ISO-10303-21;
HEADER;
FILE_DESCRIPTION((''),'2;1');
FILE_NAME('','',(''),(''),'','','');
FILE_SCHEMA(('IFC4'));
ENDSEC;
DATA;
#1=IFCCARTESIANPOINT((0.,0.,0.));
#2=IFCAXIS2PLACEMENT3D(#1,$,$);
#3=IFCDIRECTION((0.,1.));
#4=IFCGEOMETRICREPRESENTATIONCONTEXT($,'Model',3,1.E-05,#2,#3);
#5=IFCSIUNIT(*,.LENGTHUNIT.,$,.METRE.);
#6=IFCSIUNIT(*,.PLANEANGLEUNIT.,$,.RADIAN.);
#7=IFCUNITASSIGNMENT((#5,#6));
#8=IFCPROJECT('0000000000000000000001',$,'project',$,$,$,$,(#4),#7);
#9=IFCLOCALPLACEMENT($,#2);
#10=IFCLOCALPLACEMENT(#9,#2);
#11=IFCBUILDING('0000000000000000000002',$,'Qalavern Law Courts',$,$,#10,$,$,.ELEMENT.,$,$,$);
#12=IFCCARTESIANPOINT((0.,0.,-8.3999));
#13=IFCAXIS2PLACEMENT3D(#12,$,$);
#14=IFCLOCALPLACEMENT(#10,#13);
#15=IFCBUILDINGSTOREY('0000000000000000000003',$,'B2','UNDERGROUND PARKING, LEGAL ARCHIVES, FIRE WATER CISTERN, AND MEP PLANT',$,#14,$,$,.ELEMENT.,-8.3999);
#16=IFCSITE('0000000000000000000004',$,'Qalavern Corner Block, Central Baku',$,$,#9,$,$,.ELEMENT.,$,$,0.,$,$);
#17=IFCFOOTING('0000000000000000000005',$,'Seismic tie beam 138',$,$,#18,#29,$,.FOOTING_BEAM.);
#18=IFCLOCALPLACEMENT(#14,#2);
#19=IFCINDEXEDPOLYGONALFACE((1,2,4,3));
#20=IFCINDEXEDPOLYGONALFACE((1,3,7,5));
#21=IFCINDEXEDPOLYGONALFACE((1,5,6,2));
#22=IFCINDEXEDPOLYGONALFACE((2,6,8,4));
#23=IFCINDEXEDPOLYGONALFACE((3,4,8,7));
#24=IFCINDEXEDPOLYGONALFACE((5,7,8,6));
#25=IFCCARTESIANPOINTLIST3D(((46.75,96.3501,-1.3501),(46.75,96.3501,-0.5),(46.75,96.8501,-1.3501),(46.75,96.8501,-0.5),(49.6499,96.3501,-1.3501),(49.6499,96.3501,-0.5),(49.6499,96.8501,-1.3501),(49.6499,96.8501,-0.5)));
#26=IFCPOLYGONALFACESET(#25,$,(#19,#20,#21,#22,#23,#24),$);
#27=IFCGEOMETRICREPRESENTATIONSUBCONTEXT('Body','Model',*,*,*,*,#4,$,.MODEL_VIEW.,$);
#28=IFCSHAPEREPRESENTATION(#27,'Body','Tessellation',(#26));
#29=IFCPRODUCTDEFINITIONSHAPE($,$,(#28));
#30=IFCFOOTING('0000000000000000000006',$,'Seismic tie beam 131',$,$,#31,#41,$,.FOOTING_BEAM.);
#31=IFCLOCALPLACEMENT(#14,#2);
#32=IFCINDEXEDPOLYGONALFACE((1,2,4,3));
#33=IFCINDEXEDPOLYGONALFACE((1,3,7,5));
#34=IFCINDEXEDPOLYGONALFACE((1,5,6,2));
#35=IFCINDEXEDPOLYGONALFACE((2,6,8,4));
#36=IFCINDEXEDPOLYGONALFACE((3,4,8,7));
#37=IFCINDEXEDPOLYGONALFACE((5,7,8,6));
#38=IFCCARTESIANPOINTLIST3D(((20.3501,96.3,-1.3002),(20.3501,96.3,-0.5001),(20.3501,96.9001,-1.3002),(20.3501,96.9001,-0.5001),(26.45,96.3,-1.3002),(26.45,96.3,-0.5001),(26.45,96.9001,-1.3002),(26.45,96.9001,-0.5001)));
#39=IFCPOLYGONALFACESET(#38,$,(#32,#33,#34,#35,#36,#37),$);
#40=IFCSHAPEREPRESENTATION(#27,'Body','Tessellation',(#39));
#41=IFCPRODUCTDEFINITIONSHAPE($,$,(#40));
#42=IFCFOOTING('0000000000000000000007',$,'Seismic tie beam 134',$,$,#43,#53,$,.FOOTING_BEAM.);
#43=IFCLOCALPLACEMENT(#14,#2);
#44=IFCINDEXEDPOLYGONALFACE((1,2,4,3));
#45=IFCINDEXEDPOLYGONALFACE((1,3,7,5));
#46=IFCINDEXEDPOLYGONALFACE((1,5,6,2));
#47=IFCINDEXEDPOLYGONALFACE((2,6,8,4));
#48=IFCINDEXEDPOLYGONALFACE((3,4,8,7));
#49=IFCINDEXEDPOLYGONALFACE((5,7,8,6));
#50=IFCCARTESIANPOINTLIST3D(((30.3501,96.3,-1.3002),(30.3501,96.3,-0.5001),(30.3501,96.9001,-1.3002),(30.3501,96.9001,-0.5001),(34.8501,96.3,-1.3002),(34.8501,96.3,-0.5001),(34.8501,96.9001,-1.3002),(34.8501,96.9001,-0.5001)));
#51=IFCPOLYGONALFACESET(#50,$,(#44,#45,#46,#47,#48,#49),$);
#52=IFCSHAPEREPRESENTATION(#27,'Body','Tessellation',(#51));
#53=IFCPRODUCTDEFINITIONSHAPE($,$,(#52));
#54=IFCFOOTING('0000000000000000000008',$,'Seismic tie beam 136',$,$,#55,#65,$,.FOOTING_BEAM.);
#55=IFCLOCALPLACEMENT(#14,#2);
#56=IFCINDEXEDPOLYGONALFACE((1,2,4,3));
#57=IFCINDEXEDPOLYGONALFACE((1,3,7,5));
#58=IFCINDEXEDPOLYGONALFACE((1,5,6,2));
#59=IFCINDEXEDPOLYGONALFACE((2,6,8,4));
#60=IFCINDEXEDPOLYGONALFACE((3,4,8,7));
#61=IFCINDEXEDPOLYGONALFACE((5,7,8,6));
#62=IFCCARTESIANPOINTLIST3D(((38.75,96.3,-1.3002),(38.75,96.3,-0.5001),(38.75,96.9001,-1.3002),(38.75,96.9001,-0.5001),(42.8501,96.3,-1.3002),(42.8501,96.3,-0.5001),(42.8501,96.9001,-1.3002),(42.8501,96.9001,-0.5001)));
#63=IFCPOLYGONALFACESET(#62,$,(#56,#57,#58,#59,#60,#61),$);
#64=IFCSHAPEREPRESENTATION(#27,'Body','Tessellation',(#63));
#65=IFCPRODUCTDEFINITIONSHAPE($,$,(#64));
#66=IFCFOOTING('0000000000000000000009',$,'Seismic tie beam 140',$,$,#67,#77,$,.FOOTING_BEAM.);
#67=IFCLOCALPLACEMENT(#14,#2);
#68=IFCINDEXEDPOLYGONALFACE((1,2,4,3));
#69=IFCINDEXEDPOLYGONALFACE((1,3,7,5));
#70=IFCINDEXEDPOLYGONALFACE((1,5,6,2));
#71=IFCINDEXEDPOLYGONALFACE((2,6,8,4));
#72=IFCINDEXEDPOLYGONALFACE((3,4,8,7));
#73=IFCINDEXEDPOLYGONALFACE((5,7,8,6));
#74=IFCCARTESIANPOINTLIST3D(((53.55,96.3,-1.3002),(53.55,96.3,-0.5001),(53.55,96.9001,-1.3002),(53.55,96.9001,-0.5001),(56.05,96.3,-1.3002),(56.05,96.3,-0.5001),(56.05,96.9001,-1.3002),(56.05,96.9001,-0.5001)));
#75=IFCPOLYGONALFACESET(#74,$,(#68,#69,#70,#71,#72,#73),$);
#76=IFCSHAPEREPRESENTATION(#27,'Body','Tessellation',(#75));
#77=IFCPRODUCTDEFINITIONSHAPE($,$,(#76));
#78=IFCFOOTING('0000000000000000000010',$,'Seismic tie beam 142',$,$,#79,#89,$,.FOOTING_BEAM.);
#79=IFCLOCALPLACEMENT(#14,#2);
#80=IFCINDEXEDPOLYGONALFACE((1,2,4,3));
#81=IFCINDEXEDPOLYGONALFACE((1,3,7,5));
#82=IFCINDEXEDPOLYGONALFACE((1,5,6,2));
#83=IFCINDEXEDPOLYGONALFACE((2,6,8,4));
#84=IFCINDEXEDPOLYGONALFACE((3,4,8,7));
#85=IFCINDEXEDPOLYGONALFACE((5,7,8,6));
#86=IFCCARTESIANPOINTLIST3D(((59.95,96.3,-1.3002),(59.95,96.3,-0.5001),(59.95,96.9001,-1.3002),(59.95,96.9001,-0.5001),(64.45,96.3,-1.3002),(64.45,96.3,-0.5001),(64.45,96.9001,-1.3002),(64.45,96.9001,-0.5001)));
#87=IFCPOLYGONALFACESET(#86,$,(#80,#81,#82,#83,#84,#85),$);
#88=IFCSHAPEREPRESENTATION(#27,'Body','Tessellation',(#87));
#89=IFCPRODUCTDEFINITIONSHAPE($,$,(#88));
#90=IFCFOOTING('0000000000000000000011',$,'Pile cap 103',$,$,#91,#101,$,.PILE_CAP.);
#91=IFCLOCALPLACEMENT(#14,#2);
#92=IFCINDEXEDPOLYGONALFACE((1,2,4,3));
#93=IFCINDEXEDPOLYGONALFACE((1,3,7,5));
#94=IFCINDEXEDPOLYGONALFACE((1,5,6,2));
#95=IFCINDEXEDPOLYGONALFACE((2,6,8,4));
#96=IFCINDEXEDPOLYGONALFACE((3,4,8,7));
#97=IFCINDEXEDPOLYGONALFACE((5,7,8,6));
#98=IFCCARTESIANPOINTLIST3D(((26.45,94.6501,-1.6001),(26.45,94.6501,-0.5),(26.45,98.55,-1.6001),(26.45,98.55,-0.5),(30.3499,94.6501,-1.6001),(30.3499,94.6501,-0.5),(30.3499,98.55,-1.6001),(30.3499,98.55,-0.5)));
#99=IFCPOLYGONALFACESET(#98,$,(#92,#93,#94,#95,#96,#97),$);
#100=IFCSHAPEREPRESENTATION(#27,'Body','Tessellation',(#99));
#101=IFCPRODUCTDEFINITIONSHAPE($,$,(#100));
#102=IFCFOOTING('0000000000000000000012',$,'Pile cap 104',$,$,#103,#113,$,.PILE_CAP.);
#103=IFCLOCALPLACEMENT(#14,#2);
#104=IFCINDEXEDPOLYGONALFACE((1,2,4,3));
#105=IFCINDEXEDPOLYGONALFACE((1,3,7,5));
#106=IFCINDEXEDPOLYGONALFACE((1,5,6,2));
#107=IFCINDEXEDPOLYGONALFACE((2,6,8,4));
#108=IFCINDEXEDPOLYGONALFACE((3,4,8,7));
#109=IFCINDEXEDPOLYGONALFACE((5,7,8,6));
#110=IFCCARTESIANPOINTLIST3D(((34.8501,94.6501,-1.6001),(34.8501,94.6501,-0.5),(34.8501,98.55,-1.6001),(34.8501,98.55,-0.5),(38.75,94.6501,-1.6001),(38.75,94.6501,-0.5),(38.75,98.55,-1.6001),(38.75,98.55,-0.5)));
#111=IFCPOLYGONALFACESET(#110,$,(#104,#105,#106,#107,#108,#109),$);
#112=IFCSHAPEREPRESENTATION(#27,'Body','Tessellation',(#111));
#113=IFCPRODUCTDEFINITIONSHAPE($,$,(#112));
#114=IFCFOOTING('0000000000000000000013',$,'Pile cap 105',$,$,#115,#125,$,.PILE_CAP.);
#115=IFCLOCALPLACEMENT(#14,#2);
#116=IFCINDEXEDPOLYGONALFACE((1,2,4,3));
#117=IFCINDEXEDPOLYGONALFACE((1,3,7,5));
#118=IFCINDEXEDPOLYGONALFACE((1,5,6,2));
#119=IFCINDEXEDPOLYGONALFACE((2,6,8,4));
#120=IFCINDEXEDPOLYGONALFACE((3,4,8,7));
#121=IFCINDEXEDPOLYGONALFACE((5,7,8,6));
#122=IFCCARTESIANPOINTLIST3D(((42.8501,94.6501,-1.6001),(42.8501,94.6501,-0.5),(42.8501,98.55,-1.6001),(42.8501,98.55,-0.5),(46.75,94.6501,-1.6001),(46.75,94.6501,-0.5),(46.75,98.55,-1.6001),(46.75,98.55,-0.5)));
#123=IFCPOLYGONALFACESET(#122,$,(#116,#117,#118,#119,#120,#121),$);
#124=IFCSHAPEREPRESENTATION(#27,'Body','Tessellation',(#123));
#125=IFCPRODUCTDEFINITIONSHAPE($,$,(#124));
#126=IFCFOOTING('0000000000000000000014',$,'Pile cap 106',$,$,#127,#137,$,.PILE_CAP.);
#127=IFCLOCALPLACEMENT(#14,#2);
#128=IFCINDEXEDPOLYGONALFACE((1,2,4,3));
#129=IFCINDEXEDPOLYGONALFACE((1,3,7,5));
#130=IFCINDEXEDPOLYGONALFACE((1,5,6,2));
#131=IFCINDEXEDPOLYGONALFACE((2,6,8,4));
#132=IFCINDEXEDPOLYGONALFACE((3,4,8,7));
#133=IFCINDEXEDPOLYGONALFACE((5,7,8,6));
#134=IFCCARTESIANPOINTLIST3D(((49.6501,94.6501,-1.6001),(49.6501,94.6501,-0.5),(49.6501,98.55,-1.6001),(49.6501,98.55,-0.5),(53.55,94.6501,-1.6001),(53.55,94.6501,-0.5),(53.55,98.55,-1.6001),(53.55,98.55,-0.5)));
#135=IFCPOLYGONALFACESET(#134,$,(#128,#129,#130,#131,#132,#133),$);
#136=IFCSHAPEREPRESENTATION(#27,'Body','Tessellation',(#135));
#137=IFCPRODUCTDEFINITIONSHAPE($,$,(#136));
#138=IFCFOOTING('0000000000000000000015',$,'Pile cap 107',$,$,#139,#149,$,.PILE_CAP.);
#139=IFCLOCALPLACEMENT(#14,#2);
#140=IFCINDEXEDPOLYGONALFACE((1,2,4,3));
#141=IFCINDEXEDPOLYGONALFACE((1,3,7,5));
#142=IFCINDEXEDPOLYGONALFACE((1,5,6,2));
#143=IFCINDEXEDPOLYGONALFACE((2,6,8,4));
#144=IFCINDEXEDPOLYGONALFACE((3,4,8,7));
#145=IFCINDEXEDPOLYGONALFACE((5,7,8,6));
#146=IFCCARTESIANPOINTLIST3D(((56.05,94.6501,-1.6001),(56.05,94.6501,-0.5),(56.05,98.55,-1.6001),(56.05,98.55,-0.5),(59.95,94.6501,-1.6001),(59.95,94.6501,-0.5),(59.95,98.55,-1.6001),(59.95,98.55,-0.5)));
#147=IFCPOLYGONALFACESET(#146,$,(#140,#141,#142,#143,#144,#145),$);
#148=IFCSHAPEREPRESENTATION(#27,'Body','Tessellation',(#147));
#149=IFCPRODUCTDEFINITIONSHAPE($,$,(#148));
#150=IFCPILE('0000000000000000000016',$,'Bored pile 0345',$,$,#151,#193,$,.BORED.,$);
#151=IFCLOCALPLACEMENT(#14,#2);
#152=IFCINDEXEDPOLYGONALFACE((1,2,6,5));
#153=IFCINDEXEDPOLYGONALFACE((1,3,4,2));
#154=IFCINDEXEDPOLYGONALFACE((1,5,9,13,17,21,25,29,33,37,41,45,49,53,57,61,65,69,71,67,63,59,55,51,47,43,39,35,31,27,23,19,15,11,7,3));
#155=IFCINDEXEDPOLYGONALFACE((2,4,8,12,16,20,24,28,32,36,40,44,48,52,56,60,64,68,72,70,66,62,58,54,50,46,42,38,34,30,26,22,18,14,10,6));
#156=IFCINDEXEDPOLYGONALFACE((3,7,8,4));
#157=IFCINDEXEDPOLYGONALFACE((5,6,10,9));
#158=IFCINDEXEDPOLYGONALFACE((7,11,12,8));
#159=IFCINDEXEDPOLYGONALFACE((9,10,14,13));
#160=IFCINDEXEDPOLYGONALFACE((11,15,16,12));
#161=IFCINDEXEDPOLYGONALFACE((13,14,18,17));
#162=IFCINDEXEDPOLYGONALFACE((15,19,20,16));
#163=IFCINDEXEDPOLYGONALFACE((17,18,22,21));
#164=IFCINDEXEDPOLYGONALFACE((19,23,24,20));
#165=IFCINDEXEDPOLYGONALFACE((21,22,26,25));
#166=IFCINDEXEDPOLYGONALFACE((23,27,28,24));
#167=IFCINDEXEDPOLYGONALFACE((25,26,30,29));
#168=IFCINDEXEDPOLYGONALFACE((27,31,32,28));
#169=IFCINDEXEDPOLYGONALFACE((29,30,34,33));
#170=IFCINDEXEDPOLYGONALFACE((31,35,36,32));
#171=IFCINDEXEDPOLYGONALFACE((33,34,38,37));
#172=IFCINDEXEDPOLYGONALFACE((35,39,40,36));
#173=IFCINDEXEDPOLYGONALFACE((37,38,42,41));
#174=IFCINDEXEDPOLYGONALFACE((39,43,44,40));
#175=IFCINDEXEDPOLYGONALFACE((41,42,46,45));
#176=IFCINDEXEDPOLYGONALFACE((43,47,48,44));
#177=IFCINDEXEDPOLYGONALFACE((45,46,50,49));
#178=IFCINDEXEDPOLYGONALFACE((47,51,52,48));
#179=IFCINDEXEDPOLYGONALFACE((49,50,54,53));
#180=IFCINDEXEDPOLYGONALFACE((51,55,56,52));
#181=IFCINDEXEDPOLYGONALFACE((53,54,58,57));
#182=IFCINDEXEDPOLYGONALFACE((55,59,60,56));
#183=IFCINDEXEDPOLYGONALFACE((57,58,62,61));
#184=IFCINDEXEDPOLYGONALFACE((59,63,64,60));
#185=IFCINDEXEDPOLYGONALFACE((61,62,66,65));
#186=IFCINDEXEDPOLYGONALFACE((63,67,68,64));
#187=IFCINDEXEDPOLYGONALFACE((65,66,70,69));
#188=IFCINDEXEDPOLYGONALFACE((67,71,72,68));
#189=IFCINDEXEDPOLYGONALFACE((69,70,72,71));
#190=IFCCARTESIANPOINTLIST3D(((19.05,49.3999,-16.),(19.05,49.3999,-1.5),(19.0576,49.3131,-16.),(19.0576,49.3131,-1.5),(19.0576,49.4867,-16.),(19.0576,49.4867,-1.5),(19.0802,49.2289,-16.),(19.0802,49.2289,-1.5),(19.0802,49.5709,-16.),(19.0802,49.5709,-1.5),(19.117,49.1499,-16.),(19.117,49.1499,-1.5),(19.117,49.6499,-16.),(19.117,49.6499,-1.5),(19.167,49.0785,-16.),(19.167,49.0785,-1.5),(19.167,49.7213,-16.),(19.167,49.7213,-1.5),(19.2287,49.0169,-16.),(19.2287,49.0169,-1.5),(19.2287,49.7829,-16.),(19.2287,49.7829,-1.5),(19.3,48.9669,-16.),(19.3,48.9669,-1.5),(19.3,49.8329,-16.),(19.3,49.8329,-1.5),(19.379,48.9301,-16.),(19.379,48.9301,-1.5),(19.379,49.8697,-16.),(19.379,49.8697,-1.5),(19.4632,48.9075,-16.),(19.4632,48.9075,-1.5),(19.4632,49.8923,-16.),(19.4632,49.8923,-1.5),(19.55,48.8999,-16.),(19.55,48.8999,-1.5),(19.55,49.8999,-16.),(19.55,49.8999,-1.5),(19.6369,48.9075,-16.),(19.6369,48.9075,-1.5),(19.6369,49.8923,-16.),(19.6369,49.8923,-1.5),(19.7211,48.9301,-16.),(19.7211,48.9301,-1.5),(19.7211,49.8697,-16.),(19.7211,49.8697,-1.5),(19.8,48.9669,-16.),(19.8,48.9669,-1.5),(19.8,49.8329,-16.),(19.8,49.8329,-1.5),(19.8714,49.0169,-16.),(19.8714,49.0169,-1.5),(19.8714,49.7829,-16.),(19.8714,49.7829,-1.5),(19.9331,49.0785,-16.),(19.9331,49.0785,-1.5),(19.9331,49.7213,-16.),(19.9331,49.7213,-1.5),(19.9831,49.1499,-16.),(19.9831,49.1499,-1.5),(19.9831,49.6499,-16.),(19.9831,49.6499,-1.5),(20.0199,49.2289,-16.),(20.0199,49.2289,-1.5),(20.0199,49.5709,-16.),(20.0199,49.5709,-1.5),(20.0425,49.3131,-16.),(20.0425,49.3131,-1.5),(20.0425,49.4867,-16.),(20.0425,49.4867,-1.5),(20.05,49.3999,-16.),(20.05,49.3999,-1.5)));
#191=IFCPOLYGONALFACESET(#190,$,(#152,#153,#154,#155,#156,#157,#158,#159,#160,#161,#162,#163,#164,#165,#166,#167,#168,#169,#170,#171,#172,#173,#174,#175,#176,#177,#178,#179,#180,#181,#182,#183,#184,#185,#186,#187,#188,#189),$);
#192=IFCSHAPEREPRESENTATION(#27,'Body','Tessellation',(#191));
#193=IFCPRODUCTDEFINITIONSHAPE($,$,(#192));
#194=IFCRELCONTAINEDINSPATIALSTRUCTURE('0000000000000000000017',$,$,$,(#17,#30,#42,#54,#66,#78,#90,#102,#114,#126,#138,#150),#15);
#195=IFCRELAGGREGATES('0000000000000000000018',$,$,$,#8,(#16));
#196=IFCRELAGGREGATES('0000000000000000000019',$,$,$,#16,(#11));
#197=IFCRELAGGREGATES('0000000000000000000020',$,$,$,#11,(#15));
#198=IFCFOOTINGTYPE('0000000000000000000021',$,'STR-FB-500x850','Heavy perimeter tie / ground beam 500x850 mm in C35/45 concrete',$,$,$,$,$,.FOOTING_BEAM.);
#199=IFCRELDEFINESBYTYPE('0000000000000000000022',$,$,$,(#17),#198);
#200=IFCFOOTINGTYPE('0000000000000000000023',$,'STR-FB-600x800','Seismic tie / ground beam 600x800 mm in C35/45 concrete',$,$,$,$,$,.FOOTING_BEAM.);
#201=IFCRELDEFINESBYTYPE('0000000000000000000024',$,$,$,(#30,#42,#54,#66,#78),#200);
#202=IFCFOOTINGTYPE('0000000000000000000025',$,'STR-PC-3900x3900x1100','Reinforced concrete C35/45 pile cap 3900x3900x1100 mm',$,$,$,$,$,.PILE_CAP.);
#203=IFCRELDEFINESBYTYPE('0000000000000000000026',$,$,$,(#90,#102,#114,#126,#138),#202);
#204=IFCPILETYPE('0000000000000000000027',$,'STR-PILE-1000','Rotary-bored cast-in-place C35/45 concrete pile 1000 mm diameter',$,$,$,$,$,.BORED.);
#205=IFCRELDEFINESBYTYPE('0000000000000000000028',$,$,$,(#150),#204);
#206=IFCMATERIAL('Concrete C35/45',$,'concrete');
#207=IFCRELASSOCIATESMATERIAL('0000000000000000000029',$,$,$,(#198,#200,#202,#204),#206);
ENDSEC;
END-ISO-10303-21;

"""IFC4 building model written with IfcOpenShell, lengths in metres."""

from ifc_helpers import new_model, si_unit, direction, frame, origin, origin_2d, place, context, subcontext, project, spatial, rectangle, circle, extrude, material, material_profile, profile_set, type_object, element, save


model = new_model("IFC4")

# Units and contexts
model_context = context("Model", 3, precision=1e-05, world=origin(), true_north=direction((0.0, 1.0)))
body_context = subcontext(model_context, "Body", "Model", "MODEL_VIEW")
ifc_project = project(units=[si_unit("LENGTHUNIT", "METRE"), si_unit("PLANEANGLEUNIT", "RADIAN")], contexts=[model_context])

# Site, building, storey
site_placement = place(None, origin())
site = spatial("IfcSite", under=ifc_project, at=site_placement, Name="Qalavern Corner Block, Central Baku", CompositionType="ELEMENT", RefElevation=0.0)
building_placement = place(site_placement, origin())
building = spatial("IfcBuilding", under=site, at=building_placement, Name="Qalavern Law Courts", CompositionType="ELEMENT")
storey_placement = place(building_placement, frame((0.0, 0.0, -8.3999)))
storey = spatial("IfcBuildingStorey", under=building, at=storey_placement, Name="B2", Description="UNDERGROUND PARKING, LEGAL ARCHIVES, FIRE WATER CISTERN, AND MEP PLANT", CompositionType="ELEMENT", Elevation=-8.3999)

# Footings
ifc_material_1 = material(Name="Concrete C35/45", Category="concrete")
ifc_material_profile_1 = material_profile(ifc_material_1, rectangle(XDim=0.5, YDim=0.8501, at=origin_2d()), Name="RC 500x850")
ifc_profile_set_1 = profile_set([ifc_material_profile_1], Name="Concrete C35/45")
footing_type_1 = type_object("IfcFootingType", Name="STR-FB-500x850", Description="Heavy perimeter tie / ground beam 500x850 mm in C35/45 concrete", PredefinedType="FOOTING_BEAM", material=ifc_profile_set_1)
footing_1_placement = place(storey_placement, frame((46.75, 96.6001, -0.925), z_axis=(1.0, 0.0, 0.0), x_axis=(0.0, 1.0, 0.0)))
element("IfcFooting", 1, at=footing_1_placement, inside=storey, type_object=footing_type_1, Name="Seismic tie beam 138", PredefinedType="FOOTING_BEAM", context=body_context, shape_type="SweptSolid", body=[
    extrude(rectangle(XDim=0.5, YDim=0.8501, at=origin_2d()), origin(), (0.0, 0.0, 1.0), 2.8999),
])
ifc_material_profile_2 = material_profile(ifc_material_1, rectangle(XDim=0.6001, YDim=0.8, at=origin_2d()), Name="RC 600x800")
ifc_profile_set_2 = profile_set([ifc_material_profile_2], Name="Concrete C35/45")
footing_type_2 = type_object("IfcFootingType", Name="STR-FB-600x800", Description="Seismic tie / ground beam 600x800 mm in C35/45 concrete", PredefinedType="FOOTING_BEAM", material=ifc_profile_set_2)
footing_2_placement = place(storey_placement, frame((20.3501, 96.6001, -0.9001), z_axis=(1.0, 0.0, 0.0), x_axis=(0.0, 1.0, 0.0)))
element("IfcFooting", 2, at=footing_2_placement, inside=storey, type_object=footing_type_2, Name="Seismic tie beam 131", PredefinedType="FOOTING_BEAM", context=body_context, shape_type="SweptSolid", body=[
    extrude(rectangle(XDim=0.6001, YDim=0.8, at=origin_2d()), origin(), (0.0, 0.0, 1.0), 6.0999),
])
footing_3_placement = place(storey_placement, frame((30.3501, 96.6001, -0.9001), z_axis=(1.0, 0.0, 0.0), x_axis=(0.0, 1.0, 0.0)))
element("IfcFooting", 3, at=footing_3_placement, inside=storey, type_object=footing_type_2, Name="Seismic tie beam 134", PredefinedType="FOOTING_BEAM", context=body_context, shape_type="SweptSolid", body=[
    extrude(rectangle(XDim=0.6001, YDim=0.8, at=origin_2d()), origin(), (0.0, 0.0, 1.0), 4.5),
])
footing_4_placement = place(storey_placement, frame((38.75, 96.6001, -0.9001), z_axis=(1.0, 0.0, 0.0), x_axis=(0.0, 1.0, 0.0)))
element("IfcFooting", 4, at=footing_4_placement, inside=storey, type_object=footing_type_2, Name="Seismic tie beam 136", PredefinedType="FOOTING_BEAM", context=body_context, shape_type="SweptSolid", body=[
    extrude(rectangle(XDim=0.6001, YDim=0.8, at=origin_2d()), origin(), (0.0, 0.0, 1.0), 4.1001),
])
footing_5_placement = place(storey_placement, frame((53.55, 96.6001, -0.9001), z_axis=(1.0, 0.0, 0.0), x_axis=(0.0, 1.0, 0.0)))
element("IfcFooting", 5, at=footing_5_placement, inside=storey, type_object=footing_type_2, Name="Seismic tie beam 140", PredefinedType="FOOTING_BEAM", context=body_context, shape_type="SweptSolid", body=[
    extrude(rectangle(XDim=0.6001, YDim=0.8, at=origin_2d()), origin(), (0.0, 0.0, 1.0), 2.5),
])
footing_6_placement = place(storey_placement, frame((59.95, 96.6001, -0.9001), z_axis=(1.0, 0.0, 0.0), x_axis=(0.0, 1.0, 0.0)))
element("IfcFooting", 6, at=footing_6_placement, inside=storey, type_object=footing_type_2, Name="Seismic tie beam 142", PredefinedType="FOOTING_BEAM", context=body_context, shape_type="SweptSolid", body=[
    extrude(rectangle(XDim=0.6001, YDim=0.8, at=origin_2d()), origin(), (0.0, 0.0, 1.0), 4.5),
])
footing_type_3 = type_object("IfcFootingType", Name="STR-PC-3900x3900x1100", Description="Reinforced concrete C35/45 pile cap 3900x3900x1100 mm", PredefinedType="PILE_CAP", material=ifc_material_1)
for number, where, z_axis, x_axis, name in (
    (7, (28.3999, 96.6001, -1.6001), (0.0, 0.0, 1.0), (1.0, 0.0, 0.0), "Pile cap 103"),
    (8, (36.8, 96.6001, -1.6001), (0.0, 0.0, 1.0), (1.0, 0.0, 0.0), "Pile cap 104"),
    (9, (44.8, 96.6001, -1.6001), (0.0, 0.0, 1.0), (1.0, 0.0, 0.0), "Pile cap 105"),
    (10, (51.6001, 96.6001, -1.6001), (0.0, 0.0, 1.0), (1.0, 0.0, 0.0), "Pile cap 106"),
    (11, (58.0, 96.6001, -1.6001), (0.0, 0.0, 1.0), (1.0, 0.0, 0.0), "Pile cap 107"),
):
    element("IfcFooting", number, at=place(storey_placement, frame(where, z_axis=z_axis, x_axis=x_axis)), inside=storey, type_object=footing_type_3, Name=name, PredefinedType="PILE_CAP", context=body_context, shape_type="SweptSolid", body=[
        extrude(rectangle(XDim=3.8999, YDim=3.8999, at=origin_2d()), origin(), (0.0, 0.0, 1.0), 1.1001),
    ])

# Pile
ifc_material_profile_3 = material_profile(ifc_material_1, circle(Radius=0.5, at=origin_2d()), Name="BORED PILE 1000")
ifc_profile_set_3 = profile_set([ifc_material_profile_3], Name="Concrete C35/45")
pile_type_1 = type_object("IfcPileType", Name="STR-PILE-1000", Description="Rotary-bored cast-in-place C35/45 concrete pile 1000 mm diameter", PredefinedType="BORED", material=ifc_profile_set_3)
for number, where, z_axis, x_axis, name in (
    (12, (19.55, 49.3999, -1.5), (0.0, 0.0, -1.0), (1.0, 0.0, 0.0), "Bored pile 0345"),
):
    element("IfcPile", number, at=place(storey_placement, frame(where, z_axis=z_axis, x_axis=x_axis)), inside=storey, type_object=pile_type_1, Name=name, PredefinedType="BORED", context=body_context, shape_type="SweptSolid", body=[
        extrude(circle(Radius=0.5, at=origin_2d()), origin(), (0.0, 0.0, 1.0), 14.5),
    ])

save(model, "model.ifc")
